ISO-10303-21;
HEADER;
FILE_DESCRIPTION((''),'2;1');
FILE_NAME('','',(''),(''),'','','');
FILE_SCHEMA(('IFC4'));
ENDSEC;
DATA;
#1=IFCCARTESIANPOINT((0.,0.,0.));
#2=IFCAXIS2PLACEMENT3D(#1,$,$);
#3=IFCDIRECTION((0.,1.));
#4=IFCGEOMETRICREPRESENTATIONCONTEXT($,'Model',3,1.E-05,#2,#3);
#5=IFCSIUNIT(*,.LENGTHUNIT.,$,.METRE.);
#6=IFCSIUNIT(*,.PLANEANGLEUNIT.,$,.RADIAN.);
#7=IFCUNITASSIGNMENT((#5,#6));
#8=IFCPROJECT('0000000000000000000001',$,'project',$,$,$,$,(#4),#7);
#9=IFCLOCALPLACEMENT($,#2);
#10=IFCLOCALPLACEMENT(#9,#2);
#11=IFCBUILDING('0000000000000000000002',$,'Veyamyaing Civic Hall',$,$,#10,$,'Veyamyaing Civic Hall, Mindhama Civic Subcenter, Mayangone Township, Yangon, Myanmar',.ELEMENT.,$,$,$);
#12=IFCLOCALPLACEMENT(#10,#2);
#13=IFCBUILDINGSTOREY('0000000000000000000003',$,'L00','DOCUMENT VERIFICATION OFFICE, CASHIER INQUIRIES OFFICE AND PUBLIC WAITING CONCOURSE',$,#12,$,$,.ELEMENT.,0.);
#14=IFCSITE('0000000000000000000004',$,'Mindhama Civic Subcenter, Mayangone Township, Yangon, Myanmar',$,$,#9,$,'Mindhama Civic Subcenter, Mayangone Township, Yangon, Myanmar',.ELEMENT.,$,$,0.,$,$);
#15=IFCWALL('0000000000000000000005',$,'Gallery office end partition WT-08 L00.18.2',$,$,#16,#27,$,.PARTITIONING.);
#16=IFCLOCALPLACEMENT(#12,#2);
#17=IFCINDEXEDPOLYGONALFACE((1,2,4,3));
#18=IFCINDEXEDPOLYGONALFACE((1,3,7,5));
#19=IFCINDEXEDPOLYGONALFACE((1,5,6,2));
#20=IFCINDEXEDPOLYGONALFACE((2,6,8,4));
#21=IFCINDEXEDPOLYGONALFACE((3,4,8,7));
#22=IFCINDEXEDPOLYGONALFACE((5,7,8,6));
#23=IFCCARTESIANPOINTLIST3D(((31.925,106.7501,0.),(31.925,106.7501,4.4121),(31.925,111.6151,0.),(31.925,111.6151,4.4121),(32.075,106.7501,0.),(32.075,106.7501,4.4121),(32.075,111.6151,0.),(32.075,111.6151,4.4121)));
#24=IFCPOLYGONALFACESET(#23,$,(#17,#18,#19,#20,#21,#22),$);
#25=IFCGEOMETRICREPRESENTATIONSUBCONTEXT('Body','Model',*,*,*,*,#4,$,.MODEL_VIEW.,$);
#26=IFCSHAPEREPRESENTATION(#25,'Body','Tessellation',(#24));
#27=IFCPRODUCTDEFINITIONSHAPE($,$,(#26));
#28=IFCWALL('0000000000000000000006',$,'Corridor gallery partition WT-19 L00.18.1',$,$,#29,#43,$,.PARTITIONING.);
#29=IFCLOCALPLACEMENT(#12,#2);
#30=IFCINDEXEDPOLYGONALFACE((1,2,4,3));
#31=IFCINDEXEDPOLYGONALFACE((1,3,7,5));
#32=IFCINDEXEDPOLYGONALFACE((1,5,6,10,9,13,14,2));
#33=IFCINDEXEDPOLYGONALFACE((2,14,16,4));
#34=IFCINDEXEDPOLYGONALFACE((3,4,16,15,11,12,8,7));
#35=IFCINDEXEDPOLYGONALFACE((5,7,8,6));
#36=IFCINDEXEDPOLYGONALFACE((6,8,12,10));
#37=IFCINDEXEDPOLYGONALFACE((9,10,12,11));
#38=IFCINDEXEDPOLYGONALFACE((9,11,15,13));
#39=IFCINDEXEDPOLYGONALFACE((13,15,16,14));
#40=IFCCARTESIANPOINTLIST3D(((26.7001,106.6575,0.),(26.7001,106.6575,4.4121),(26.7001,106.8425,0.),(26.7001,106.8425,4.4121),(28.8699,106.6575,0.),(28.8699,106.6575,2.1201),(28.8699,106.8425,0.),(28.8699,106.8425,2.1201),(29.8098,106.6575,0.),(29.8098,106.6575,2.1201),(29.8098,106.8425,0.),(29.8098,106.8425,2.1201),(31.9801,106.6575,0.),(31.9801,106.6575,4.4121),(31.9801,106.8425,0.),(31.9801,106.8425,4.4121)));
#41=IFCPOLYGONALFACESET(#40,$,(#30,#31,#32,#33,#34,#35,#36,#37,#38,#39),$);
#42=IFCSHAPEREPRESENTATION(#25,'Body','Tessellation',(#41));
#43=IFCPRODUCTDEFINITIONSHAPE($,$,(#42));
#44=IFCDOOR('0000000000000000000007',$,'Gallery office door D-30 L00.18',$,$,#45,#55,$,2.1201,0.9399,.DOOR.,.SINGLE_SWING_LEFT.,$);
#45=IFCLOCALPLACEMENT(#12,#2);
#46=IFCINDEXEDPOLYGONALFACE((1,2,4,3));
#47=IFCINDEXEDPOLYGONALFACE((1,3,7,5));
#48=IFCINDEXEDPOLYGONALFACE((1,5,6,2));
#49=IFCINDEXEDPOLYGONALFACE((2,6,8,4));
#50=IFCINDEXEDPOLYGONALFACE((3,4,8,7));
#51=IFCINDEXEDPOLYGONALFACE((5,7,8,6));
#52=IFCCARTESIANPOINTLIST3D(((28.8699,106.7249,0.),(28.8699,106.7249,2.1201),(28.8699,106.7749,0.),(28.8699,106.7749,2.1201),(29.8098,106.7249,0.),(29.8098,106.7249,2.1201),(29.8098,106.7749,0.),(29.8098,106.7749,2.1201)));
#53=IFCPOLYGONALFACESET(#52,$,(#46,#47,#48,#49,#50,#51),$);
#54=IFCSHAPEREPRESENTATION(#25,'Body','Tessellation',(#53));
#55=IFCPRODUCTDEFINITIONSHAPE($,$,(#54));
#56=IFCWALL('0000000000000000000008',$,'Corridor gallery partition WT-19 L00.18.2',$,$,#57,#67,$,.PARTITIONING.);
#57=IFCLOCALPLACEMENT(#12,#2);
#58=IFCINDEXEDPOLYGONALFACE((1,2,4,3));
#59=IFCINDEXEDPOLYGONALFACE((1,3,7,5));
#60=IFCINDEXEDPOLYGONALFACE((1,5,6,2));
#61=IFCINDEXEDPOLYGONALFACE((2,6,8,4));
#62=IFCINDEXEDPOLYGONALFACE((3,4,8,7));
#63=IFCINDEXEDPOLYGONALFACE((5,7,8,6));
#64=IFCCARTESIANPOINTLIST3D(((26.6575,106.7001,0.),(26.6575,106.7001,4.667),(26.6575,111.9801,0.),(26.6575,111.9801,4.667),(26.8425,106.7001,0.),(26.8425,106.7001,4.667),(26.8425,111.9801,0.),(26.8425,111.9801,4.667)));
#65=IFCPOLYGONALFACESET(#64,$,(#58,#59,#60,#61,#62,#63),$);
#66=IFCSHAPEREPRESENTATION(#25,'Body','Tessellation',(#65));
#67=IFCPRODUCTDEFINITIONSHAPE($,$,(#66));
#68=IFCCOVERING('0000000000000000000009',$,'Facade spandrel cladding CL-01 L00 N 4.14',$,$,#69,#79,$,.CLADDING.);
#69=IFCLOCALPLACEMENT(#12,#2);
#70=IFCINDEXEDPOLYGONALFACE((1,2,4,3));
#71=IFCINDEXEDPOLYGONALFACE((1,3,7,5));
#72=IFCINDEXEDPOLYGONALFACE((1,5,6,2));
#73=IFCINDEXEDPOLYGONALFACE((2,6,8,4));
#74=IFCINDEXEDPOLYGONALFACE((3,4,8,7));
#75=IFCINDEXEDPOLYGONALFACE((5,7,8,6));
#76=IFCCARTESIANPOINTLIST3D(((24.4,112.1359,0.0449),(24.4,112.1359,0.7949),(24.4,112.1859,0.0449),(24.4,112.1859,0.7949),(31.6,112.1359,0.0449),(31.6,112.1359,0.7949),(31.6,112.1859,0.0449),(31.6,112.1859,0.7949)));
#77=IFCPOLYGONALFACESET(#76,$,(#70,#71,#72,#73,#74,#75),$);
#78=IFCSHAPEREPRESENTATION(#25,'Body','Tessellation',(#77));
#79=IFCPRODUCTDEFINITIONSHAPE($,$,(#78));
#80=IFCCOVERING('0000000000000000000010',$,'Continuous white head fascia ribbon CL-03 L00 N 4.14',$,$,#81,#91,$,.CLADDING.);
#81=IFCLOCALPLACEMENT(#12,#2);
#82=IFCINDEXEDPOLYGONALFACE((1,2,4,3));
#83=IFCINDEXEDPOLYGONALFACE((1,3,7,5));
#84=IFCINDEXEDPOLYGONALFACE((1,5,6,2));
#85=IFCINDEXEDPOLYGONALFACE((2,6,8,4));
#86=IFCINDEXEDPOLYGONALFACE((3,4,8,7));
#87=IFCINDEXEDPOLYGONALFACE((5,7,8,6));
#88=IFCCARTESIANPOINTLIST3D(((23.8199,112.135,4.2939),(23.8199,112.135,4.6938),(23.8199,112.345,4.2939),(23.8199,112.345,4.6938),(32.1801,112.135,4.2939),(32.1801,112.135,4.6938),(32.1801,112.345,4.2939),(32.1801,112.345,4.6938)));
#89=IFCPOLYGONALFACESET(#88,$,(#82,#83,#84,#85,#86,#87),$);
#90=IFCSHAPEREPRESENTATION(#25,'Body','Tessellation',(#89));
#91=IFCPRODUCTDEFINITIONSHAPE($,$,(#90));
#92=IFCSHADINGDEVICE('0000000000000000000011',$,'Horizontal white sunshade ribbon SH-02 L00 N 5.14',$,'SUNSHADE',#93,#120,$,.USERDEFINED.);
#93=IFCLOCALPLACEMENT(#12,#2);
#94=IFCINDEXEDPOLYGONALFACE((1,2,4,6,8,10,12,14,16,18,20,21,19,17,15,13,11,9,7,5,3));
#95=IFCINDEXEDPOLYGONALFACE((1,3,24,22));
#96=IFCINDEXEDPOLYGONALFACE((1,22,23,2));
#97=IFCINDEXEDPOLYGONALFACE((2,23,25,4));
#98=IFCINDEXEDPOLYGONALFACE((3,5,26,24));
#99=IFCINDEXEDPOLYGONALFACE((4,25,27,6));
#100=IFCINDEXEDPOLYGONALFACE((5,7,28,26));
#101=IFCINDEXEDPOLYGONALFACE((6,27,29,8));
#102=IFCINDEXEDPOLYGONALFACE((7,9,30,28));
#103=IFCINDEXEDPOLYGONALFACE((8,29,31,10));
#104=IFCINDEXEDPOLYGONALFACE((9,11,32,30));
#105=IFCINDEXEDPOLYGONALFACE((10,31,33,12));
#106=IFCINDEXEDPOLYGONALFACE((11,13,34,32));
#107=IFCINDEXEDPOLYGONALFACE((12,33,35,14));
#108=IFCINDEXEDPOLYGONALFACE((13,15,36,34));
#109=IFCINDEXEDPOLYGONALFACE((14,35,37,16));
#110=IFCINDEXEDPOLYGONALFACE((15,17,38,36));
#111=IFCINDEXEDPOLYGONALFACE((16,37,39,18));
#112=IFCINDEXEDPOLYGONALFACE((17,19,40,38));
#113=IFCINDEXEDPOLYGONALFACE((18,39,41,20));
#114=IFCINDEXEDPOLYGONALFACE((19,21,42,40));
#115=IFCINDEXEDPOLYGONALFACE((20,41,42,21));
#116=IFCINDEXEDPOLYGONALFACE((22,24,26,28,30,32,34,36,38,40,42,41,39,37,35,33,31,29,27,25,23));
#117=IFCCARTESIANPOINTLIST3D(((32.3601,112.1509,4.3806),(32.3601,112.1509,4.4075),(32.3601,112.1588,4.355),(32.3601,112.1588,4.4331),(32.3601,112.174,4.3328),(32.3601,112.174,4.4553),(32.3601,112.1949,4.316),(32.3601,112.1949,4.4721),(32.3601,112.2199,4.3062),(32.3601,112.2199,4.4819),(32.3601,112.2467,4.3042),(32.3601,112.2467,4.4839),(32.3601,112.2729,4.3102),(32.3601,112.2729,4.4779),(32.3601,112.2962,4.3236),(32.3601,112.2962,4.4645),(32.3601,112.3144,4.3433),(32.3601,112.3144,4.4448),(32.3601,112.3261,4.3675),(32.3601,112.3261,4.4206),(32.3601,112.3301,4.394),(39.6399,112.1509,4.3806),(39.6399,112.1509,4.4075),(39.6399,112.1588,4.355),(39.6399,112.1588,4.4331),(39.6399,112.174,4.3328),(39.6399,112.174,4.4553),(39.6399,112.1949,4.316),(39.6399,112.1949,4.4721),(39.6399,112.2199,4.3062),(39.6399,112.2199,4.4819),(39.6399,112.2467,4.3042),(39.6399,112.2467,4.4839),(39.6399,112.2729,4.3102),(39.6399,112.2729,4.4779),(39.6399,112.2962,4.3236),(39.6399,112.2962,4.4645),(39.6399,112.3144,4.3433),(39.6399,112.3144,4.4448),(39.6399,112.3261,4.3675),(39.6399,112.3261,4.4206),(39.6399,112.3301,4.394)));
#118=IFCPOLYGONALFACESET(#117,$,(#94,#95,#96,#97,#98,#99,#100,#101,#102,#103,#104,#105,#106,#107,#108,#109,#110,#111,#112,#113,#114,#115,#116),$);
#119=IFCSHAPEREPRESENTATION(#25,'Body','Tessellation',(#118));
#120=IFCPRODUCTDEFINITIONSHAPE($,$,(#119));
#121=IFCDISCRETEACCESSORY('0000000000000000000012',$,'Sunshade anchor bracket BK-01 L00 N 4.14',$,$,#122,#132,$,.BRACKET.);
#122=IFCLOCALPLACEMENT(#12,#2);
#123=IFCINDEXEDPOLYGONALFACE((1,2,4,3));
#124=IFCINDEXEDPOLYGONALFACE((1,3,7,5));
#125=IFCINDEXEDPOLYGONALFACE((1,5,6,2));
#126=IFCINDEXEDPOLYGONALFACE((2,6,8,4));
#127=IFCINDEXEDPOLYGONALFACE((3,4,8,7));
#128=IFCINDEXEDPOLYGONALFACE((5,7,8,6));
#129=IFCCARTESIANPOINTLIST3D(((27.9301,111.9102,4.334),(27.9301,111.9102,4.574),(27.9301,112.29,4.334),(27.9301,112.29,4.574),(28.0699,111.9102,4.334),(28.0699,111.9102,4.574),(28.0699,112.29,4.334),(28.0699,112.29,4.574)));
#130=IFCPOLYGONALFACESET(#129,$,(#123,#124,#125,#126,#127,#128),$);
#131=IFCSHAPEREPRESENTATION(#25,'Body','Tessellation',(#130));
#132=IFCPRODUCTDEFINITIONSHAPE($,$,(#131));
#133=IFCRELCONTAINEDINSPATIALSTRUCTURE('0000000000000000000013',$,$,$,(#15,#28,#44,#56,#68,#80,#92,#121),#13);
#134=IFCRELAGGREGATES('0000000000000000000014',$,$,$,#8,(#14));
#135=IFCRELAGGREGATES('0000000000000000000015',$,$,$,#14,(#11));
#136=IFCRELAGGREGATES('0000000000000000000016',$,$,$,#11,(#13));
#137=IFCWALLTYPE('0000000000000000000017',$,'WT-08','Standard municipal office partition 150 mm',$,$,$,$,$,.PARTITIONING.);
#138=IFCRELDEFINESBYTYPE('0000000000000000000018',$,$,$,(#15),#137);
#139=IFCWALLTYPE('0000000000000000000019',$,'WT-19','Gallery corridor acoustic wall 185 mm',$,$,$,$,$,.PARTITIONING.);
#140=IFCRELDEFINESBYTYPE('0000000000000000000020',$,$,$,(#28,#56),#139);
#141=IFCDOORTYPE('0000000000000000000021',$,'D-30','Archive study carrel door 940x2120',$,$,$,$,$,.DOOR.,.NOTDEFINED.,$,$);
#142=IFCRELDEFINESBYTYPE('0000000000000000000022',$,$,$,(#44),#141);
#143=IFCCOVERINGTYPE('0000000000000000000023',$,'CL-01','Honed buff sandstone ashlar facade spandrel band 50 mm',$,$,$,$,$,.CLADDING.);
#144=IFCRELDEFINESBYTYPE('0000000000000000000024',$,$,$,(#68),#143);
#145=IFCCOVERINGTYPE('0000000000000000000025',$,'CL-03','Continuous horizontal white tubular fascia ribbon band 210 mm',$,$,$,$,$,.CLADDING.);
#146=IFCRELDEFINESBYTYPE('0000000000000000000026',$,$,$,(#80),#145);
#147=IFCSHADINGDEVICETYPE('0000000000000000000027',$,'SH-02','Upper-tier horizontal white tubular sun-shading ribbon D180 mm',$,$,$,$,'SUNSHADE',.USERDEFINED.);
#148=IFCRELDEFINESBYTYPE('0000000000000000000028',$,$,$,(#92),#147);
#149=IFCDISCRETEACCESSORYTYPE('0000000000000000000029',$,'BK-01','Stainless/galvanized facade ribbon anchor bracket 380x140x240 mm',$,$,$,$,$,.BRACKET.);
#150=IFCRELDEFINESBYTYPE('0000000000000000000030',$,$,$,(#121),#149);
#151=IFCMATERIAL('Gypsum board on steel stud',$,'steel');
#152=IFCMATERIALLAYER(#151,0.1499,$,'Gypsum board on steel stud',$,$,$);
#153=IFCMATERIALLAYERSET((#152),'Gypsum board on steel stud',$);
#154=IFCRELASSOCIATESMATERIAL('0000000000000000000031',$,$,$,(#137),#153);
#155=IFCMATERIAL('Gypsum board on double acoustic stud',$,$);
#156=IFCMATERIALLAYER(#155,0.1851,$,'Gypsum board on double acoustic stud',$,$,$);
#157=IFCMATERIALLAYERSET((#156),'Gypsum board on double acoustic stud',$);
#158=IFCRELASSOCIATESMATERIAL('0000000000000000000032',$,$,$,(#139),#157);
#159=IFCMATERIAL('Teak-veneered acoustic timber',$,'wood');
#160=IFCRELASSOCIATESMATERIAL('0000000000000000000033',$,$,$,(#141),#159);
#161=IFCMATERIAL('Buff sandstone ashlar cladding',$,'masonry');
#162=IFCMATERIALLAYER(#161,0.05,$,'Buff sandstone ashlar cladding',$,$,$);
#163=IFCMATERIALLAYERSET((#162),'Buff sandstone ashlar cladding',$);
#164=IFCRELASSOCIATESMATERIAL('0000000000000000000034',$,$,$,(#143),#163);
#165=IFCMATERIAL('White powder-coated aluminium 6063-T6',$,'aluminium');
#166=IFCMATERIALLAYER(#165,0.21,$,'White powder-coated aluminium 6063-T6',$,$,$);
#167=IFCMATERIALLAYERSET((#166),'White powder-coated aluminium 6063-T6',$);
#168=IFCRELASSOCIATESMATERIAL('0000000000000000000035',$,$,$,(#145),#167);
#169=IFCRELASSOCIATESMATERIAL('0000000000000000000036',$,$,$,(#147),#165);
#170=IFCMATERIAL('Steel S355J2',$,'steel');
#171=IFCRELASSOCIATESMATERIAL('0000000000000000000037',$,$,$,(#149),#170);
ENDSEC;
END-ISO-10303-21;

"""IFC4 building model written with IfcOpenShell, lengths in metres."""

from ifc_helpers import new_model, si_unit, direction, frame, frame_2d, origin, origin_2d, place, context, subcontext, project, spatial, rectangle, circle, extrude, material, layer, layer_set, material_profile, profile_set, type_object, element, fill, save


model = new_model("IFC4")

# Units and contexts
model_context = context("Model", 3, precision=1e-05, world=origin(), true_north=direction((0.0, 1.0)))
body_context = subcontext(model_context, "Body", "Model", "MODEL_VIEW")
ifc_project = project(units=[si_unit("LENGTHUNIT", "METRE"), si_unit("PLANEANGLEUNIT", "RADIAN")], contexts=[model_context])

# Site, building, storey
site_placement = place(None, origin())
site = spatial("IfcSite", under=ifc_project, at=site_placement, Name="Mindhama Civic Subcenter, Mayangone Township, Yangon, Myanmar", LongName="Mindhama Civic Subcenter, Mayangone Township, Yangon, Myanmar", CompositionType="ELEMENT", RefElevation=0.0)
building_placement = place(site_placement, origin())
building = spatial("IfcBuilding", under=site, at=building_placement, Name="Veyamyaing Civic Hall", LongName="Veyamyaing Civic Hall, Mindhama Civic Subcenter, Mayangone Township, Yangon, Myanmar", CompositionType="ELEMENT")
storey_placement = place(building_placement, origin())
storey = spatial("IfcBuildingStorey", under=building, at=storey_placement, Name="L00", Description="DOCUMENT VERIFICATION OFFICE, CASHIER INQUIRIES OFFICE AND PUBLIC WAITING CONCOURSE", CompositionType="ELEMENT", Elevation=0.0)

# Wall
ifc_material_1 = material(Name="Gypsum board on steel stud", Category="steel")
ifc_layer_1 = layer(ifc_material_1, 0.1499, Name="Gypsum board on steel stud")
ifc_layer_set_1 = layer_set([ifc_layer_1], Name="Gypsum board on steel stud")
wall_type_1 = type_object("IfcWallType", Name="WT-08", Description="Standard municipal office partition 150 mm", PredefinedType="PARTITIONING", material=ifc_layer_set_1)
wall_1_placement = place(storey_placement, frame((32.0, 106.75, 0.0), z_axis=(0.0, 0.0, 1.0), x_axis=(0.0, 1.0, 0.0)))
element("IfcWall", 1, at=wall_1_placement, inside=storey, type_object=wall_type_1, Name="Gallery office end partition WT-08 L00.18.2", PredefinedType="PARTITIONING", context=body_context, shape_type="SweptSolid", body=[
    extrude(rectangle(XDim=4.865, YDim=0.1499, at=frame_2d((2.4326, 0.0))), origin(), (0.0, 0.0, 1.0), 4.4121),
])

# Wall, opening, door
ifc_material_2 = material(Name="Gypsum board on double acoustic stud")
ifc_layer_2 = layer(ifc_material_2, 0.1851, Name="Gypsum board on double acoustic stud")
ifc_layer_set_2 = layer_set([ifc_layer_2], Name="Gypsum board on double acoustic stud")
wall_type_2 = type_object("IfcWallType", Name="WT-19", Description="Gallery corridor acoustic wall 185 mm", PredefinedType="PARTITIONING", material=ifc_layer_set_2)
wall_2_placement = place(storey_placement, frame((26.7, 106.75, 0.0), z_axis=(0.0, 0.0, 1.0), x_axis=(1.0, 0.0, 0.0)))
wall_2 = element("IfcWall", 2, at=wall_2_placement, inside=storey, type_object=wall_type_2, Name="Corridor gallery partition WT-19 L00.18.1", PredefinedType="PARTITIONING", context=body_context, shape_type="SweptSolid", body=[
    extrude(rectangle(XDim=5.28, YDim=0.1851, at=frame_2d((2.6401, 0.0))), origin(), (0.0, 0.0, 1.0), 4.4121),
])
opening_1_placement = place(wall_2_placement, frame((2.1699, 0.0, 0.0)))
opening_1 = element("IfcOpeningElement", 3, at=opening_1_placement, cuts=wall_2, PredefinedType="OPENING", context=body_context, shape_type="SweptSolid", body=[
    extrude(rectangle(XDim=0.9399, YDim=2.1201, at=frame_2d((0.47, 1.0601))), frame((0.0, 0.1025, 0.0), z_axis=(0.0, -1.0, 0.0), x_axis=(1.0, 0.0, 0.0)), (0.0, 0.0, 1.0), 0.2051),
])
ifc_material_3 = material(Name="Teak-veneered acoustic timber", Category="wood")
door_type_1 = type_object("IfcDoorType", Name="D-30", Description="Archive study carrel door 940x2120", OperationType="NOTDEFINED", PredefinedType="DOOR", material=ifc_material_3)
door_1_placement = place(opening_1_placement, origin())
door_1 = element("IfcDoor", 4, at=door_1_placement, inside=storey, type_object=door_type_1, Name="Gallery office door D-30 L00.18", OperationType="SINGLE_SWING_LEFT", OverallHeight=2.1201, OverallWidth=0.9399, PredefinedType="DOOR", context=body_context, shape_type="SweptSolid", body=[
    extrude(rectangle(XDim=0.9399, YDim=2.1201, at=frame_2d((0.47, 1.0601))), frame((0.0, 0.0249, 0.0), z_axis=(0.0, -1.0, 0.0), x_axis=(1.0, 0.0, 0.0)), (0.0, 0.0, 1.0), 0.05),
])
fill(opening_1, door_1)

# Wall
wall_3_placement = place(storey_placement, frame((26.75, 106.7, 0.0), z_axis=(0.0, 0.0, 1.0), x_axis=(0.0, 1.0, 0.0)))
element("IfcWall", 5, at=wall_3_placement, inside=storey, type_object=wall_type_2, Name="Corridor gallery partition WT-19 L00.18.2", PredefinedType="PARTITIONING", context=body_context, shape_type="SweptSolid", body=[
    extrude(rectangle(XDim=5.28, YDim=0.1851, at=frame_2d((2.6401, 0.0))), origin(), (0.0, 0.0, 1.0), 4.667),
])

# Coverings
ifc_material_4 = material(Name="Buff sandstone ashlar cladding", Category="masonry")
ifc_layer_3 = layer(ifc_material_4, 0.05, Name="Buff sandstone ashlar cladding")
ifc_layer_set_3 = layer_set([ifc_layer_3], Name="Buff sandstone ashlar cladding")
covering_type_1 = type_object("IfcCoveringType", Name="CL-01", Description="Honed buff sandstone ashlar facade spandrel band 50 mm", PredefinedType="CLADDING", material=ifc_layer_set_3)
covering_1_placement = place(storey_placement, frame((28.0, 112.1609, 0.0449), z_axis=(0.0, 0.0, 1.0), x_axis=(1.0, 0.0, 0.0)))
element("IfcCovering", 6, at=covering_1_placement, inside=storey, type_object=covering_type_1, Name="Facade spandrel cladding CL-01 L00 N 4.14", PredefinedType="CLADDING", context=body_context, shape_type="SweptSolid", body=[
    extrude(rectangle(XDim=7.2, YDim=0.05, at=origin_2d()), origin(), (0.0, 0.0, 1.0), 0.75),
])
ifc_material_5 = material(Name="White powder-coated aluminium 6063-T6", Category="aluminium")
ifc_layer_4 = layer(ifc_material_5, 0.21, Name="White powder-coated aluminium 6063-T6")
ifc_layer_set_4 = layer_set([ifc_layer_4], Name="White powder-coated aluminium 6063-T6")
covering_type_2 = type_object("IfcCoveringType", Name="CL-03", Description="Continuous horizontal white tubular fascia ribbon band 210 mm", PredefinedType="CLADDING", material=ifc_layer_set_4)
covering_2_placement = place(storey_placement, frame((28.0, 112.24, 4.2939), z_axis=(0.0, 0.0, 1.0), x_axis=(1.0, 0.0, 0.0)))
element("IfcCovering", 7, at=covering_2_placement, inside=storey, type_object=covering_type_2, Name="Continuous white head fascia ribbon CL-03 L00 N 4.14", PredefinedType="CLADDING", context=body_context, shape_type="SweptSolid", body=[
    extrude(rectangle(XDim=8.3601, YDim=0.21, at=origin_2d()), origin(), (0.0, 0.0, 1.0), 0.3999),
])

# Shading device
ifc_material_profile_1 = material_profile(ifc_material_5, circle(Radius=0.0901, at=origin_2d()), Name="SHADE-TUBE-180")
ifc_profile_set_1 = profile_set([ifc_material_profile_1], Name="White powder-coated aluminium 6063-T6")
shading_device_type = type_object("IfcShadingDeviceType", Name="SH-02", Description="Upper-tier horizontal white tubular sun-shading ribbon D180 mm", ElementType="SUNSHADE", PredefinedType="USERDEFINED", material=ifc_profile_set_1)
shading_device_placement = place(storey_placement, frame((32.3601, 112.24, 4.394), z_axis=(1.0, 0.0, 0.0), x_axis=(0.0, 1.0, 0.0)))
element("IfcShadingDevice", 8, at=shading_device_placement, inside=storey, type_object=shading_device_type, Name="Horizontal white sunshade ribbon SH-02 L00 N 5.14", ObjectType="SUNSHADE", PredefinedType="USERDEFINED", context=body_context, shape_type="SweptSolid", body=[
    extrude(circle(Radius=0.0901, at=origin_2d()), origin(), (0.0, 0.0, 1.0), 7.2798),
])

# Discrete accessory
ifc_material_6 = material(Name="Steel S355J2", Category="steel")
discrete_accessory_type = type_object("IfcDiscreteAccessoryType", Name="BK-01", Description="Stainless/galvanized facade ribbon anchor bracket 380x140x240 mm", PredefinedType="BRACKET", material=ifc_material_6)
discrete_accessory_placement = place(storey_placement, frame((28.0, 112.1001, 4.334), z_axis=(0.0, 0.0, 1.0), x_axis=(0.0, 1.0, 0.0)))
element("IfcDiscreteAccessory", 9, at=discrete_accessory_placement, inside=storey, type_object=discrete_accessory_type, Name="Sunshade anchor bracket BK-01 L00 N 4.14", PredefinedType="BRACKET", context=body_context, shape_type="SweptSolid", body=[
    extrude(rectangle(XDim=0.3799, YDim=0.1399, at=origin_2d()), origin(), (0.0, 0.0, 1.0), 0.24),
])

save(model, "model.ifc")
